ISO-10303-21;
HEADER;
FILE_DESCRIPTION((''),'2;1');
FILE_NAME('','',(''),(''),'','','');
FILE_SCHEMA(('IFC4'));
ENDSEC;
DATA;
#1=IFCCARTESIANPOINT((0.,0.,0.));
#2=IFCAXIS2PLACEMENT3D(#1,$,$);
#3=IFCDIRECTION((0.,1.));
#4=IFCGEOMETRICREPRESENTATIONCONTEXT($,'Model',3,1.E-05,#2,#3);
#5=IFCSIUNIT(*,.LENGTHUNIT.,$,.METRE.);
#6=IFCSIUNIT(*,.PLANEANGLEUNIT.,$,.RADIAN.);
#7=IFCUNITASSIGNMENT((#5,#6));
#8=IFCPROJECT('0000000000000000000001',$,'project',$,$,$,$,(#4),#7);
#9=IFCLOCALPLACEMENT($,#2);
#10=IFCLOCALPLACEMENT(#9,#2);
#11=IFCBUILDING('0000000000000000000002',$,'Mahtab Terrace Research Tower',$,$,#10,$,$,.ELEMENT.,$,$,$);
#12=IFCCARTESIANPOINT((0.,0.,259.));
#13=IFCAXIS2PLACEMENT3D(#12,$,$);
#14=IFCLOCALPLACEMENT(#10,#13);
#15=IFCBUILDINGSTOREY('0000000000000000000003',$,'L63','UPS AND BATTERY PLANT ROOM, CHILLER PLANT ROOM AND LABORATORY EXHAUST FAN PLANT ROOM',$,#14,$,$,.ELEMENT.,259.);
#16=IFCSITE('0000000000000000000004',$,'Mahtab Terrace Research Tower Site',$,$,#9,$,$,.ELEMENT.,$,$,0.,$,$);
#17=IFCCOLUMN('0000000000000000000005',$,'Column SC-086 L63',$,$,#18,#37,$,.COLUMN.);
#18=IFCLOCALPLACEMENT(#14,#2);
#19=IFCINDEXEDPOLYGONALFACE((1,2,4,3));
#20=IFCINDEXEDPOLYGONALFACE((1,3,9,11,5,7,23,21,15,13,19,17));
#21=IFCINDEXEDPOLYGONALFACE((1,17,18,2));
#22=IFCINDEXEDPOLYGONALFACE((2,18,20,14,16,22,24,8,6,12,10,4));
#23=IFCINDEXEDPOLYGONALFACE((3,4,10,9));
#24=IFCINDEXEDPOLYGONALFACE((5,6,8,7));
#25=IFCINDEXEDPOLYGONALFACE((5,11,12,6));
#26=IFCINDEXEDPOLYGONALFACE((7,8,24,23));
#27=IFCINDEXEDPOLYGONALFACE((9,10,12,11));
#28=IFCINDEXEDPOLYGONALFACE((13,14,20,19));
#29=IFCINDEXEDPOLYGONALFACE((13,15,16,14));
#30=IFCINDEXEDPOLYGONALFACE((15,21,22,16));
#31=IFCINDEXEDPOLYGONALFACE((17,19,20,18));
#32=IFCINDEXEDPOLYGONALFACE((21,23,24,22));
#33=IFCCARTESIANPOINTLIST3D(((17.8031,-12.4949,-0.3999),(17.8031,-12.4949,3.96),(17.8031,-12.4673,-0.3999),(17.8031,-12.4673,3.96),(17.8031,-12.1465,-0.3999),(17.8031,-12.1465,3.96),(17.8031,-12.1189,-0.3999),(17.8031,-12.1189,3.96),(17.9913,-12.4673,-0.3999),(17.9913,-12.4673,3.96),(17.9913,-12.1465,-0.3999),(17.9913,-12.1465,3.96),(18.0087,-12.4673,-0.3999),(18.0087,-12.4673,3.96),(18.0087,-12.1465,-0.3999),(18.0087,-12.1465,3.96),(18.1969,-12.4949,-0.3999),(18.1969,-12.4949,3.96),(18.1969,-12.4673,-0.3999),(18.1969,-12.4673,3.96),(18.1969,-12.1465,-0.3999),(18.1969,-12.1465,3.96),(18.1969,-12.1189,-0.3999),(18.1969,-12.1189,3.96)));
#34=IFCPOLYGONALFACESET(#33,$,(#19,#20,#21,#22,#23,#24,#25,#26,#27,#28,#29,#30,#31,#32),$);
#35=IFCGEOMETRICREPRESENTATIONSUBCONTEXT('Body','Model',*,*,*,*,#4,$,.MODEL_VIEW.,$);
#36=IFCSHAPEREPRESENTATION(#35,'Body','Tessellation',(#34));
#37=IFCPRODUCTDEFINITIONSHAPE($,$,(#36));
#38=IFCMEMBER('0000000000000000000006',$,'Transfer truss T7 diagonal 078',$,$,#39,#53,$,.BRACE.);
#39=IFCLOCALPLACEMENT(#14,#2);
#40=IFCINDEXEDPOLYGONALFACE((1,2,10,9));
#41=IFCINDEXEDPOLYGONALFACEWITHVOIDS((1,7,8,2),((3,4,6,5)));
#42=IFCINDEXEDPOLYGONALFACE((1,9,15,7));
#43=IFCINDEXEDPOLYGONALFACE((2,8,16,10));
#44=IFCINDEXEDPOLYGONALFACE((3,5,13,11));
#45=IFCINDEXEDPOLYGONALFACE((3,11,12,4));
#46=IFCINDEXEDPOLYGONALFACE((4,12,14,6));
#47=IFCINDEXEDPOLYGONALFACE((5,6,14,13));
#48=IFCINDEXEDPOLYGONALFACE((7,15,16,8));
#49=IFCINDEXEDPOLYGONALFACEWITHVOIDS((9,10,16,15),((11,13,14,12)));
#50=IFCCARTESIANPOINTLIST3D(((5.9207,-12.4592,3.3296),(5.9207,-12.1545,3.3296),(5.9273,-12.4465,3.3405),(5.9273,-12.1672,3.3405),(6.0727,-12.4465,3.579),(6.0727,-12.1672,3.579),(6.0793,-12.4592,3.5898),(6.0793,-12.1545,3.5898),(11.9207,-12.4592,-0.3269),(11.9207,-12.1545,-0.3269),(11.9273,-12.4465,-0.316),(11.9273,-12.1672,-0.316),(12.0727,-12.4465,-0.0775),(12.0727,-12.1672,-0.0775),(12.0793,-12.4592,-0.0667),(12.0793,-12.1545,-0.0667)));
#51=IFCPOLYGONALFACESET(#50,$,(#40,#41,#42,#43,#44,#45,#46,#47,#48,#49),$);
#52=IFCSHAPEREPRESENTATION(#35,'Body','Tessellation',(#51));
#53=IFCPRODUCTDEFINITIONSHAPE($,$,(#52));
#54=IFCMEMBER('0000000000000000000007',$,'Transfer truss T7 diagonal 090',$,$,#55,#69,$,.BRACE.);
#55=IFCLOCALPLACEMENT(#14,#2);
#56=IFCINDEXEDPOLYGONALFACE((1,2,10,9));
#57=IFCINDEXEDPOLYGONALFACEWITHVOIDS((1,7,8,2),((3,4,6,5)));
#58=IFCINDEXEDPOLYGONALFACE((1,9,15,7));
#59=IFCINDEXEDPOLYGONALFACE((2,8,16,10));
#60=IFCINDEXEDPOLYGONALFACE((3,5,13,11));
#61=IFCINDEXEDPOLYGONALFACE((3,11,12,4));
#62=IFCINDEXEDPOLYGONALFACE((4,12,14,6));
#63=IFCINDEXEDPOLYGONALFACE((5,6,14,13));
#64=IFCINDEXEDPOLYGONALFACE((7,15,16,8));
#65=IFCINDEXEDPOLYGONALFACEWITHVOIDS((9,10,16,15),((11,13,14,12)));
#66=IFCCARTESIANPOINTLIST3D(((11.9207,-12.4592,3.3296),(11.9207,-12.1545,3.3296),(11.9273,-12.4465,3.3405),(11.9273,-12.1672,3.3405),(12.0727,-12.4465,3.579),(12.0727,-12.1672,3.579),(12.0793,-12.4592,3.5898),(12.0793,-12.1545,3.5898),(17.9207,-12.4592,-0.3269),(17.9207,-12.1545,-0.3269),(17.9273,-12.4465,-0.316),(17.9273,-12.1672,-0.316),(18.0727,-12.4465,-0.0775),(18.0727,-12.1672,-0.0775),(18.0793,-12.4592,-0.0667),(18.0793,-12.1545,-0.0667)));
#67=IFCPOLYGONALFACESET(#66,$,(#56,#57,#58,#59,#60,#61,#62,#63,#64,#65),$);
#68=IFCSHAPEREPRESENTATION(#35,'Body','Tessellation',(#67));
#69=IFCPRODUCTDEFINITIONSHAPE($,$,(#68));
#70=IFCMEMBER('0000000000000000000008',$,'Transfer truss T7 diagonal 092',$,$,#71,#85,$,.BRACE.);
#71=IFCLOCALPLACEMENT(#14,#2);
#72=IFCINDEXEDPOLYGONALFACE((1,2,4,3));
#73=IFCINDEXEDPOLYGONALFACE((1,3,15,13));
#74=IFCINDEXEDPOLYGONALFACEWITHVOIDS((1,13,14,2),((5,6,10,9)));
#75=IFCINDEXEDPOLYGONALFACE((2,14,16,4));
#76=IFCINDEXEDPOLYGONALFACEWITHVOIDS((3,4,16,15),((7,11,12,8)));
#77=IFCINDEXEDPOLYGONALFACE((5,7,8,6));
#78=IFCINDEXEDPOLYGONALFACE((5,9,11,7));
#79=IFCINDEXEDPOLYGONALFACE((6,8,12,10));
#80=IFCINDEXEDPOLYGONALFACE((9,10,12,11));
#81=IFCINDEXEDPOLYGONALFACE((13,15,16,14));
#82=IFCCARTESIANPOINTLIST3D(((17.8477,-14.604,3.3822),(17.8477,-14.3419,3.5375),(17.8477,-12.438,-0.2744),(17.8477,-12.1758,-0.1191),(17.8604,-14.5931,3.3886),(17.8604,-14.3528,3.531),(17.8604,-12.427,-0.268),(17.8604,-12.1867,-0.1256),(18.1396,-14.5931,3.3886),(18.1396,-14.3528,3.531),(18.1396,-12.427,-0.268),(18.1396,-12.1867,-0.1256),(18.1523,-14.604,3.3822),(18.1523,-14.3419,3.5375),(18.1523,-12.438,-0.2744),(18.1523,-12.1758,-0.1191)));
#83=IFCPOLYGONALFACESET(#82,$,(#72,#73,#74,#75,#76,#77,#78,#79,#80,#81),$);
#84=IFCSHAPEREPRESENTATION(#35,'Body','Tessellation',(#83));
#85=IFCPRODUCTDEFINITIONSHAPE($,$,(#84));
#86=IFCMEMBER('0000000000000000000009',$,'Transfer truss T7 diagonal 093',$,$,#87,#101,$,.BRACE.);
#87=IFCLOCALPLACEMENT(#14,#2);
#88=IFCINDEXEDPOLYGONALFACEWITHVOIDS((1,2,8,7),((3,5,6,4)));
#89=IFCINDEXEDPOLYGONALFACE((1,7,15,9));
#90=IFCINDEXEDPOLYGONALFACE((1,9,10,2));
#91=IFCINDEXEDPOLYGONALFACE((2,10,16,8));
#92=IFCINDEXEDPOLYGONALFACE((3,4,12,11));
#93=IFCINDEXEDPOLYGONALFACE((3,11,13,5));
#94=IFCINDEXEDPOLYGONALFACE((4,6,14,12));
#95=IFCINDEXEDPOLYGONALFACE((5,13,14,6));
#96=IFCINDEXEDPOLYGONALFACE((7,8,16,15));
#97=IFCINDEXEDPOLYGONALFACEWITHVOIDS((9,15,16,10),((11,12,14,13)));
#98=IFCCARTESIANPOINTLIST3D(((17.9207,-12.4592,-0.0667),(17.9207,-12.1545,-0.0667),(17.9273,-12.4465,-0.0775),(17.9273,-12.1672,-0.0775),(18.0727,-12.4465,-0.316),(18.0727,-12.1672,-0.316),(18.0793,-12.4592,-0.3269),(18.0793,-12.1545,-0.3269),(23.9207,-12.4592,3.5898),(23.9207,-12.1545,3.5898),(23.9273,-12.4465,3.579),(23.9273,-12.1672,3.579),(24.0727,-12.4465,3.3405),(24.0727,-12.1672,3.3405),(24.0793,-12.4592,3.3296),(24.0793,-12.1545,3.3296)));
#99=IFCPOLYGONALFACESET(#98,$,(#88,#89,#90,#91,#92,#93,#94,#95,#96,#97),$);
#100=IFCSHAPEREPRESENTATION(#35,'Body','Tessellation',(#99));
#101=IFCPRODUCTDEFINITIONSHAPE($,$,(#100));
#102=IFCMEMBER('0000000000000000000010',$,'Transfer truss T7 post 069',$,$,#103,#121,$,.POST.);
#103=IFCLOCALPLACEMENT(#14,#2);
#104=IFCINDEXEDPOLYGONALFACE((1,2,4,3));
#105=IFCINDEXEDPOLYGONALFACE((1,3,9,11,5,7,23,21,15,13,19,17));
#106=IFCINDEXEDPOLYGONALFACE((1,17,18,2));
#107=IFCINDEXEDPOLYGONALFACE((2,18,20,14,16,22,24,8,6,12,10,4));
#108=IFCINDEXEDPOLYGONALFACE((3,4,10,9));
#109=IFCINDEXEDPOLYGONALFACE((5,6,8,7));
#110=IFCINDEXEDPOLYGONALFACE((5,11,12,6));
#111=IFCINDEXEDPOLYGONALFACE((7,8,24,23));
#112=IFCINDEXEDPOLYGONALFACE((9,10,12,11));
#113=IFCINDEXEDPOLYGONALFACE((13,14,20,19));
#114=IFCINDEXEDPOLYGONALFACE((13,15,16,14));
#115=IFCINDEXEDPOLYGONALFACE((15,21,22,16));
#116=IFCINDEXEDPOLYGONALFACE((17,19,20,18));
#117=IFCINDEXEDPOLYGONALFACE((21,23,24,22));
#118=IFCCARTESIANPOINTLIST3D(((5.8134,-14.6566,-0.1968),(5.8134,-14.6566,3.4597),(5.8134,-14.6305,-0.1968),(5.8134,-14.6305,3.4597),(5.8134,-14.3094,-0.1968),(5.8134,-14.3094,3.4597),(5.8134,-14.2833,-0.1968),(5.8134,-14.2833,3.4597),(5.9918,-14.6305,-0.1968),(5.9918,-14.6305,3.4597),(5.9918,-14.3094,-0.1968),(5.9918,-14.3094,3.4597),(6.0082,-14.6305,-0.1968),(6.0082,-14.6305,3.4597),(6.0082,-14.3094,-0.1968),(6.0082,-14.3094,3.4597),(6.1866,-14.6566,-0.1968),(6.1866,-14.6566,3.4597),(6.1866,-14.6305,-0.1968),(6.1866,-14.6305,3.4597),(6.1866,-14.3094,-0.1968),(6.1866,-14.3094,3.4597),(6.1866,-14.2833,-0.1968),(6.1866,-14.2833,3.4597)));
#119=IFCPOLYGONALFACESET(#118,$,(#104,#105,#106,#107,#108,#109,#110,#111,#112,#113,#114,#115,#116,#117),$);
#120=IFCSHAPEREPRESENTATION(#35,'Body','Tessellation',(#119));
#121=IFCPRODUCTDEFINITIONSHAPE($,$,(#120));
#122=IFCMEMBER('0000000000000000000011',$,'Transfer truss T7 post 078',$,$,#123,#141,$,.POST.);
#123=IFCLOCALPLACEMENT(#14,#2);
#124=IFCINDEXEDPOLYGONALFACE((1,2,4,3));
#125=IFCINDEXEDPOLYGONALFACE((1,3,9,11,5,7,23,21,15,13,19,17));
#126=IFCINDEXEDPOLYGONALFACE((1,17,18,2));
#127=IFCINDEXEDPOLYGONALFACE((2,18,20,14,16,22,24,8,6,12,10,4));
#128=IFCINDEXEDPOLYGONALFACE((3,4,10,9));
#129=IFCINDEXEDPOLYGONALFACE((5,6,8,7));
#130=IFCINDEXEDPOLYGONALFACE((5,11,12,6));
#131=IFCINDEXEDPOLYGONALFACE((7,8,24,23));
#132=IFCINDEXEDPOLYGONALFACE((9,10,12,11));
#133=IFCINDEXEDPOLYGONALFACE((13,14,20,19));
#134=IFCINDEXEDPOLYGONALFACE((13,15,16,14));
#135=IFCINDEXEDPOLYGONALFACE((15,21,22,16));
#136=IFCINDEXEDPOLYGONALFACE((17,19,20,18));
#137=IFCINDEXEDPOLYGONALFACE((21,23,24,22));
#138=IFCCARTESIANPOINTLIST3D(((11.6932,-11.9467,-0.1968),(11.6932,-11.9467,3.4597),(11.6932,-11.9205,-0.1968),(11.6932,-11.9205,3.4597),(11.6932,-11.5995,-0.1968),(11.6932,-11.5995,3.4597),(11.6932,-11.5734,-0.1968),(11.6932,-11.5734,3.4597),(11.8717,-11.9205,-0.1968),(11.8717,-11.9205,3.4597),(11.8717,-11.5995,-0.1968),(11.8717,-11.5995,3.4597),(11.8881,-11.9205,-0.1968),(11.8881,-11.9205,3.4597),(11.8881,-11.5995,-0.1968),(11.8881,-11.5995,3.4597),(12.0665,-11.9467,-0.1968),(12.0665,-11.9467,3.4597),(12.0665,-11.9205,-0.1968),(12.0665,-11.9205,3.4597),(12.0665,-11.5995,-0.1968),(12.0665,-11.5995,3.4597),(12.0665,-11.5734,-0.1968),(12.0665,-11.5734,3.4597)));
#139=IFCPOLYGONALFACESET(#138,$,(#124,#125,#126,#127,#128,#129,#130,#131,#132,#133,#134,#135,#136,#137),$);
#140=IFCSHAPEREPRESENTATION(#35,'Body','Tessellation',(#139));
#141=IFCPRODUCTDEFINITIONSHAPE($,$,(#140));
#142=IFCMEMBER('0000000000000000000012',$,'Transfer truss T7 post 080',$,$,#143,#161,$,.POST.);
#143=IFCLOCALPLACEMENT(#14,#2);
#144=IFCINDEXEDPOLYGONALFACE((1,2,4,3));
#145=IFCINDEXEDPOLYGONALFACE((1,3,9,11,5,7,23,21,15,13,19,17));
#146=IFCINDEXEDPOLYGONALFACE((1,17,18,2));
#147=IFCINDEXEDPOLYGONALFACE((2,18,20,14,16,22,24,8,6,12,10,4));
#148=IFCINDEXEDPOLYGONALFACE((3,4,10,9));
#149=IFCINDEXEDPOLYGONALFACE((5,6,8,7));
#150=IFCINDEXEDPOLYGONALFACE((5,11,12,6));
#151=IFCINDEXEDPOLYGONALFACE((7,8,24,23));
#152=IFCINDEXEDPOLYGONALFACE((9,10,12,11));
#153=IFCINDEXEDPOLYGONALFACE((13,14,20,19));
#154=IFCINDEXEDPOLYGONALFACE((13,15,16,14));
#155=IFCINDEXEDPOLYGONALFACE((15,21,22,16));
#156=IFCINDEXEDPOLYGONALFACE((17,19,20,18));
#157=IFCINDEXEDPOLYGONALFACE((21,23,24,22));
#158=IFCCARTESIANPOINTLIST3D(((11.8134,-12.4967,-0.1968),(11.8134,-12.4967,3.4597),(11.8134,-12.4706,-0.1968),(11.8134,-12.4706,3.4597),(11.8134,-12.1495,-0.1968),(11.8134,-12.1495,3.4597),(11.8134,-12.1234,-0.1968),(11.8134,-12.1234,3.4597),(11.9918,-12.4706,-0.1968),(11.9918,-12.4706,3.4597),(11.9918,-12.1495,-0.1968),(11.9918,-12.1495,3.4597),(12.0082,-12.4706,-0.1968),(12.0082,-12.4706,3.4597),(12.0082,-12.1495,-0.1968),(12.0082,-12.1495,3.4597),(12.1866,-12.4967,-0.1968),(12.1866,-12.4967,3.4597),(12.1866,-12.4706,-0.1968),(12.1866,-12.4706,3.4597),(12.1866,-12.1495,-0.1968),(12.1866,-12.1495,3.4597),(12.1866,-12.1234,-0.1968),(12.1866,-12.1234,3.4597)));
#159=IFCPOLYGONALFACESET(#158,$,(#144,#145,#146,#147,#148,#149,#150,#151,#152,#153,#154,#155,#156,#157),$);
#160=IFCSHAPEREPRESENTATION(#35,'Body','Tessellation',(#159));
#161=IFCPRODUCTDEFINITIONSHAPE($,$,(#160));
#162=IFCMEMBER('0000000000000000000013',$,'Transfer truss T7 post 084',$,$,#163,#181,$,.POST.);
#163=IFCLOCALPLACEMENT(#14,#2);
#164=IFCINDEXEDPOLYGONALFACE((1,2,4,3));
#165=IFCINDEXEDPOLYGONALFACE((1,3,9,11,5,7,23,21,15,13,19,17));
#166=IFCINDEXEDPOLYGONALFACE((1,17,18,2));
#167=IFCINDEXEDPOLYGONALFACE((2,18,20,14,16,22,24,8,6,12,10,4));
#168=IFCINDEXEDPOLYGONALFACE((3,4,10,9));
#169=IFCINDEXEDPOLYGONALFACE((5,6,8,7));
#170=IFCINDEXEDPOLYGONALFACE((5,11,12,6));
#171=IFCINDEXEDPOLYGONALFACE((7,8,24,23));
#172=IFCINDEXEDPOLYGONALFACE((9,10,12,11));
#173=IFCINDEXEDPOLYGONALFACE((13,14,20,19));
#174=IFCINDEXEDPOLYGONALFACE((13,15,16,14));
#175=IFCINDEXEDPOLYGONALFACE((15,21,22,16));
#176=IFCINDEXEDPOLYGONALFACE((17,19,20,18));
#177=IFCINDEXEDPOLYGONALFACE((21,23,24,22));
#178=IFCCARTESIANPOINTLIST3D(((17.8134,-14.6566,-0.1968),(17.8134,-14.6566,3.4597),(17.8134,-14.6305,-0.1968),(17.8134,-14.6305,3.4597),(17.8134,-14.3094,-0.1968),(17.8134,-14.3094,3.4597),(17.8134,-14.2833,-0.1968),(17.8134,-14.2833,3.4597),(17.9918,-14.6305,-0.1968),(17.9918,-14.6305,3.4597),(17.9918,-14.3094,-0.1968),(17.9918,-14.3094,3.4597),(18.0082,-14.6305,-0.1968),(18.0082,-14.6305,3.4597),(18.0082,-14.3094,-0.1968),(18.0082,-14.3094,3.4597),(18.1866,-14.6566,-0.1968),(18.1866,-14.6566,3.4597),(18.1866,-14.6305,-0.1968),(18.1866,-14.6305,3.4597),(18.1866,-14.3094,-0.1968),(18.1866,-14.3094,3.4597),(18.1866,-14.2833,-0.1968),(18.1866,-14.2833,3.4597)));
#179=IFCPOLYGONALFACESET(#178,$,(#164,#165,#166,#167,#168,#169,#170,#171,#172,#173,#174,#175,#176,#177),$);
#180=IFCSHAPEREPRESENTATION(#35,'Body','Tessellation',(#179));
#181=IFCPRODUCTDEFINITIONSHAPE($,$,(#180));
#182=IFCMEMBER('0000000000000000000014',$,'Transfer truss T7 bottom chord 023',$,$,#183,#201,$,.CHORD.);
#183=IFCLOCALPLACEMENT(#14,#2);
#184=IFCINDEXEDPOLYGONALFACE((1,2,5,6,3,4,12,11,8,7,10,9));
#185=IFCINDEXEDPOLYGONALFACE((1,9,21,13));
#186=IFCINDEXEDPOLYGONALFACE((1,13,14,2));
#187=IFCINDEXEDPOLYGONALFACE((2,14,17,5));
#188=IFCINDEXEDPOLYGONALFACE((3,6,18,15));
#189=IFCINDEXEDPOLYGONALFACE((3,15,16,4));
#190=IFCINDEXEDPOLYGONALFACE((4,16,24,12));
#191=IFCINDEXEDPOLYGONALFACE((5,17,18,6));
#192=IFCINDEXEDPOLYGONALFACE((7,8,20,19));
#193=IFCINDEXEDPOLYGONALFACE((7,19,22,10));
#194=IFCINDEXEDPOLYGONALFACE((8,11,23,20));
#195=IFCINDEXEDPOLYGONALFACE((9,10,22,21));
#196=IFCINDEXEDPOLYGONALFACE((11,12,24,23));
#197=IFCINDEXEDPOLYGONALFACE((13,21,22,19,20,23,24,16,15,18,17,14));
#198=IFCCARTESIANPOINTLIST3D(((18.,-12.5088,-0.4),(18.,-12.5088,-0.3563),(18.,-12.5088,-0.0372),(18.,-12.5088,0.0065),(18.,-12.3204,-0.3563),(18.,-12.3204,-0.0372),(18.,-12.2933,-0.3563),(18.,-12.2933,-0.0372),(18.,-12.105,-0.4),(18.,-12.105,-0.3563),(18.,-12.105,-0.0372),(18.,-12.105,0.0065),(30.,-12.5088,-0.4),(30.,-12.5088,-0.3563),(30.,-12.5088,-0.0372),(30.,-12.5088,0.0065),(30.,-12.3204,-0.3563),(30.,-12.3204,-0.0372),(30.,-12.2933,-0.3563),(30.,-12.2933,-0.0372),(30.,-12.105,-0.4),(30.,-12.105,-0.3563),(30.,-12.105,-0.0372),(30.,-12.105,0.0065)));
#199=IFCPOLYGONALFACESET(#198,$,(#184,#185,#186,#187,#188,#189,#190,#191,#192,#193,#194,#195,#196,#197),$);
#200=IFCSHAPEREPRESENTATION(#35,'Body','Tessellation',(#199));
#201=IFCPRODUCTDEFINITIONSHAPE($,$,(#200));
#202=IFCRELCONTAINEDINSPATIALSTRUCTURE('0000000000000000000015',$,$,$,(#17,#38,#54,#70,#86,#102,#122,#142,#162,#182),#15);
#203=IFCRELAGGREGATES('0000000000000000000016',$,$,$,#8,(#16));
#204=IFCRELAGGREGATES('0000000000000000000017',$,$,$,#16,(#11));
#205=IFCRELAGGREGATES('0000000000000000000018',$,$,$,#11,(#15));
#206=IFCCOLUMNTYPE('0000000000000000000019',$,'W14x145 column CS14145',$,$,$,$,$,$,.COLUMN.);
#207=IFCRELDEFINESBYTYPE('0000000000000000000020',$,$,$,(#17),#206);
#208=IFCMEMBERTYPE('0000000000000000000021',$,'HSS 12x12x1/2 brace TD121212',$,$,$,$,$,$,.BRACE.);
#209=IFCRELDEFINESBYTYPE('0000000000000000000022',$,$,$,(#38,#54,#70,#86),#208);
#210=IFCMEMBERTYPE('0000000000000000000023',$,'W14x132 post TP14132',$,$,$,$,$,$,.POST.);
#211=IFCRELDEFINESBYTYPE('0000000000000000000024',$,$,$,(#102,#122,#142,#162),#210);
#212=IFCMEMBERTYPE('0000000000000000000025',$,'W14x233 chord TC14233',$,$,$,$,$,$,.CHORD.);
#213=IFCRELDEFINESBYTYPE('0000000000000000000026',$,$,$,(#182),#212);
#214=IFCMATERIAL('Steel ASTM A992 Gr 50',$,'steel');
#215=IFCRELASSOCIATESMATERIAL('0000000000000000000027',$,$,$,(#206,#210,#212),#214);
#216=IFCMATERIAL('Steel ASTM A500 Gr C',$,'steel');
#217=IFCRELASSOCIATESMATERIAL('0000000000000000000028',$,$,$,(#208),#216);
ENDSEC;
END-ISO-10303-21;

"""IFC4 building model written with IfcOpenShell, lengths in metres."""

from ifc_helpers import new_model, si_unit, direction, frame, origin, origin_2d, place, context, subcontext, project, spatial, hollow_rectangle, i_section, extrude, material, material_profile, profile_set, type_object, element, save


model = new_model("IFC4")

# Units and contexts
model_context = context("Model", 3, precision=1e-05, world=origin(), true_north=direction((0.0, 1.0)))
body_context = subcontext(model_context, "Body", "Model", "MODEL_VIEW")
ifc_project = project(units=[si_unit("LENGTHUNIT", "METRE"), si_unit("PLANEANGLEUNIT", "RADIAN")], contexts=[model_context])

# Site, building, storey
site_placement = place(None, origin())
site = spatial("IfcSite", under=ifc_project, at=site_placement, Name="Mahtab Terrace Research Tower Site", CompositionType="ELEMENT", RefElevation=0.0)
building_placement = place(site_placement, origin())
building = spatial("IfcBuilding", under=site, at=building_placement, Name="Mahtab Terrace Research Tower", CompositionType="ELEMENT")
storey_placement = place(building_placement, frame((0.0, 0.0, 259.0)))
storey = spatial("IfcBuildingStorey", under=building, at=storey_placement, Name="L63", Description="UPS AND BATTERY PLANT ROOM, CHILLER PLANT ROOM AND LABORATORY EXHAUST FAN PLANT ROOM", CompositionType="ELEMENT", Elevation=259.0)

# Column
ifc_material_1 = material(Name="Steel ASTM A992 Gr 50", Category="steel")
ifc_material_profile_1 = material_profile(ifc_material_1, i_section(OverallWidth=0.3938, OverallDepth=0.376, WebThickness=0.0173, FlangeThickness=0.0276, at=origin_2d()), Name="W14X145")
ifc_profile_set_1 = profile_set([ifc_material_profile_1], Name="Steel ASTM A992 Gr 50")
column_type = type_object("IfcColumnType", Name="W14x145 column CS14145", PredefinedType="COLUMN", material=ifc_profile_set_1)
column_placement = place(storey_placement, frame((18.0, -12.3069, -0.3999), z_axis=(0.0, 0.0, 1.0), x_axis=(1.0, 0.0, 0.0)))
element("IfcColumn", 1, at=column_placement, inside=storey, type_object=column_type, Name="Column SC-086 L63", PredefinedType="COLUMN", context=body_context, shape_type="SweptSolid", body=[
    extrude(i_section(OverallWidth=0.3938, OverallDepth=0.376, WebThickness=0.0173, FlangeThickness=0.0276, at=origin_2d()), origin(), (0.0, 0.0, 1.0), 4.3599),
])

# Members
ifc_material_2 = material(Name="Steel ASTM A500 Gr C", Category="steel")
ifc_material_profile_2 = material_profile(ifc_material_2, hollow_rectangle(XDim=0.3047, YDim=0.3047, WallThickness=0.0127, at=origin_2d()), Name="HSS12X12X1/2")
ifc_profile_set_2 = profile_set([ifc_material_profile_2], Name="Steel ASTM A500 Gr C")
member_type_1 = type_object("IfcMemberType", Name="HSS 12x12x1/2 brace TD121212", PredefinedType="BRACE", material=ifc_profile_set_2)
for number, where, z_axis, x_axis, name in (
    (2, (12.0, -12.3069, -0.1968), (-0.853925, 0.0, 0.520396), (0.0, -1.0, 0.0), "Transfer truss T7 diagonal 078"),
    (3, (18.0, -12.3069, -0.1968), (-0.853925, 0.0, 0.520396), (0.0, -1.0, 0.0), "Transfer truss T7 diagonal 090"),
):
    element("IfcMember", number, at=place(storey_placement, frame(where, z_axis=z_axis, x_axis=x_axis)), inside=storey, type_object=member_type_1, Name=name, PredefinedType="BRACE", context=body_context, shape_type="SweptSolid", body=[
        extrude(hollow_rectangle(XDim=0.3047, YDim=0.3047, WallThickness=0.0127, at=origin_2d()), origin(), (0.0, 0.0, 1.0), 7.0264),
    ])
member_1_placement = place(storey_placement, frame((18.0, -12.3069, -0.1968), z_axis=(0.0, -0.509664, 0.860374), x_axis=(1.0, 0.0, 0.0)))
element("IfcMember", 4, at=member_1_placement, inside=storey, type_object=member_type_1, Name="Transfer truss T7 diagonal 092", PredefinedType="BRACE", context=body_context, shape_type="SweptSolid", body=[
    extrude(hollow_rectangle(XDim=0.3047, YDim=0.3047, WallThickness=0.0127, at=origin_2d()), origin(), (0.0, 0.0, 1.0), 4.25),
])
member_2_placement = place(storey_placement, frame((18.0, -12.3069, -0.1968), z_axis=(0.853925, 0.0, 0.520396), x_axis=(0.0, 1.0, 0.0)))
element("IfcMember", 5, at=member_2_placement, inside=storey, type_object=member_type_1, Name="Transfer truss T7 diagonal 093", PredefinedType="BRACE", context=body_context, shape_type="SweptSolid", body=[
    extrude(hollow_rectangle(XDim=0.3047, YDim=0.3047, WallThickness=0.0127, at=origin_2d()), origin(), (0.0, 0.0, 1.0), 7.0264),
])
ifc_material_profile_3 = material_profile(ifc_material_1, i_section(OverallWidth=0.3733, OverallDepth=0.3733, WebThickness=0.0164, FlangeThickness=0.0261, at=origin_2d()), Name="W14X132")
ifc_profile_set_3 = profile_set([ifc_material_profile_3], Name="Steel ASTM A992 Gr 50")
member_type_2 = type_object("IfcMemberType", Name="W14x132 post TP14132", PredefinedType="POST", material=ifc_profile_set_3)
for number, where, z_axis, x_axis, name in (
    (6, (6.0, -14.47, -0.1968), (0.0, 0.0, 1.0), (1.0, 0.0, 0.0), "Transfer truss T7 post 069"),
    (7, (11.8799, -11.76, -0.1968), (0.0, 0.0, 1.0), (1.0, 0.0, 0.0), "Transfer truss T7 post 078"),
    (8, (12.0, -12.3101, -0.1968), (0.0, 0.0, 1.0), (1.0, 0.0, 0.0), "Transfer truss T7 post 080"),
    (9, (18.0, -14.47, -0.1968), (0.0, 0.0, 1.0), (1.0, 0.0, 0.0), "Transfer truss T7 post 084"),
):
    element("IfcMember", number, at=place(storey_placement, frame(where, z_axis=z_axis, x_axis=x_axis)), inside=storey, type_object=member_type_2, Name=name, PredefinedType="POST", context=body_context, shape_type="SweptSolid", body=[
        extrude(i_section(OverallWidth=0.3733, OverallDepth=0.3733, WebThickness=0.0164, FlangeThickness=0.0261, at=origin_2d()), origin(), (0.0, 0.0, 1.0), 3.6565),
    ])
ifc_material_profile_4 = material_profile(ifc_material_1, i_section(OverallWidth=0.4038, OverallDepth=0.4065, WebThickness=0.0271, FlangeThickness=0.0437, at=origin_2d()), Name="W14X233")
ifc_profile_set_4 = profile_set([ifc_material_profile_4], Name="Steel ASTM A992 Gr 50")
member_type_3 = type_object("IfcMemberType", Name="W14x233 chord TC14233", PredefinedType="CHORD", material=ifc_profile_set_4)
member_3_placement = place(storey_placement, frame((18.0, -12.3069, -0.1968), z_axis=(1.0, 0.0, 0.0), x_axis=(0.0, 1.0, 0.0)))
element("IfcMember", 10, at=member_3_placement, inside=storey, type_object=member_type_3, Name="Transfer truss T7 bottom chord 023", PredefinedType="CHORD", context=body_context, shape_type="SweptSolid", body=[
    extrude(i_section(OverallWidth=0.4038, OverallDepth=0.4065, WebThickness=0.0271, FlangeThickness=0.0437, at=origin_2d()), origin(), (0.0, 0.0, 1.0), 12.0),
])

save(model, "model.ifc")
